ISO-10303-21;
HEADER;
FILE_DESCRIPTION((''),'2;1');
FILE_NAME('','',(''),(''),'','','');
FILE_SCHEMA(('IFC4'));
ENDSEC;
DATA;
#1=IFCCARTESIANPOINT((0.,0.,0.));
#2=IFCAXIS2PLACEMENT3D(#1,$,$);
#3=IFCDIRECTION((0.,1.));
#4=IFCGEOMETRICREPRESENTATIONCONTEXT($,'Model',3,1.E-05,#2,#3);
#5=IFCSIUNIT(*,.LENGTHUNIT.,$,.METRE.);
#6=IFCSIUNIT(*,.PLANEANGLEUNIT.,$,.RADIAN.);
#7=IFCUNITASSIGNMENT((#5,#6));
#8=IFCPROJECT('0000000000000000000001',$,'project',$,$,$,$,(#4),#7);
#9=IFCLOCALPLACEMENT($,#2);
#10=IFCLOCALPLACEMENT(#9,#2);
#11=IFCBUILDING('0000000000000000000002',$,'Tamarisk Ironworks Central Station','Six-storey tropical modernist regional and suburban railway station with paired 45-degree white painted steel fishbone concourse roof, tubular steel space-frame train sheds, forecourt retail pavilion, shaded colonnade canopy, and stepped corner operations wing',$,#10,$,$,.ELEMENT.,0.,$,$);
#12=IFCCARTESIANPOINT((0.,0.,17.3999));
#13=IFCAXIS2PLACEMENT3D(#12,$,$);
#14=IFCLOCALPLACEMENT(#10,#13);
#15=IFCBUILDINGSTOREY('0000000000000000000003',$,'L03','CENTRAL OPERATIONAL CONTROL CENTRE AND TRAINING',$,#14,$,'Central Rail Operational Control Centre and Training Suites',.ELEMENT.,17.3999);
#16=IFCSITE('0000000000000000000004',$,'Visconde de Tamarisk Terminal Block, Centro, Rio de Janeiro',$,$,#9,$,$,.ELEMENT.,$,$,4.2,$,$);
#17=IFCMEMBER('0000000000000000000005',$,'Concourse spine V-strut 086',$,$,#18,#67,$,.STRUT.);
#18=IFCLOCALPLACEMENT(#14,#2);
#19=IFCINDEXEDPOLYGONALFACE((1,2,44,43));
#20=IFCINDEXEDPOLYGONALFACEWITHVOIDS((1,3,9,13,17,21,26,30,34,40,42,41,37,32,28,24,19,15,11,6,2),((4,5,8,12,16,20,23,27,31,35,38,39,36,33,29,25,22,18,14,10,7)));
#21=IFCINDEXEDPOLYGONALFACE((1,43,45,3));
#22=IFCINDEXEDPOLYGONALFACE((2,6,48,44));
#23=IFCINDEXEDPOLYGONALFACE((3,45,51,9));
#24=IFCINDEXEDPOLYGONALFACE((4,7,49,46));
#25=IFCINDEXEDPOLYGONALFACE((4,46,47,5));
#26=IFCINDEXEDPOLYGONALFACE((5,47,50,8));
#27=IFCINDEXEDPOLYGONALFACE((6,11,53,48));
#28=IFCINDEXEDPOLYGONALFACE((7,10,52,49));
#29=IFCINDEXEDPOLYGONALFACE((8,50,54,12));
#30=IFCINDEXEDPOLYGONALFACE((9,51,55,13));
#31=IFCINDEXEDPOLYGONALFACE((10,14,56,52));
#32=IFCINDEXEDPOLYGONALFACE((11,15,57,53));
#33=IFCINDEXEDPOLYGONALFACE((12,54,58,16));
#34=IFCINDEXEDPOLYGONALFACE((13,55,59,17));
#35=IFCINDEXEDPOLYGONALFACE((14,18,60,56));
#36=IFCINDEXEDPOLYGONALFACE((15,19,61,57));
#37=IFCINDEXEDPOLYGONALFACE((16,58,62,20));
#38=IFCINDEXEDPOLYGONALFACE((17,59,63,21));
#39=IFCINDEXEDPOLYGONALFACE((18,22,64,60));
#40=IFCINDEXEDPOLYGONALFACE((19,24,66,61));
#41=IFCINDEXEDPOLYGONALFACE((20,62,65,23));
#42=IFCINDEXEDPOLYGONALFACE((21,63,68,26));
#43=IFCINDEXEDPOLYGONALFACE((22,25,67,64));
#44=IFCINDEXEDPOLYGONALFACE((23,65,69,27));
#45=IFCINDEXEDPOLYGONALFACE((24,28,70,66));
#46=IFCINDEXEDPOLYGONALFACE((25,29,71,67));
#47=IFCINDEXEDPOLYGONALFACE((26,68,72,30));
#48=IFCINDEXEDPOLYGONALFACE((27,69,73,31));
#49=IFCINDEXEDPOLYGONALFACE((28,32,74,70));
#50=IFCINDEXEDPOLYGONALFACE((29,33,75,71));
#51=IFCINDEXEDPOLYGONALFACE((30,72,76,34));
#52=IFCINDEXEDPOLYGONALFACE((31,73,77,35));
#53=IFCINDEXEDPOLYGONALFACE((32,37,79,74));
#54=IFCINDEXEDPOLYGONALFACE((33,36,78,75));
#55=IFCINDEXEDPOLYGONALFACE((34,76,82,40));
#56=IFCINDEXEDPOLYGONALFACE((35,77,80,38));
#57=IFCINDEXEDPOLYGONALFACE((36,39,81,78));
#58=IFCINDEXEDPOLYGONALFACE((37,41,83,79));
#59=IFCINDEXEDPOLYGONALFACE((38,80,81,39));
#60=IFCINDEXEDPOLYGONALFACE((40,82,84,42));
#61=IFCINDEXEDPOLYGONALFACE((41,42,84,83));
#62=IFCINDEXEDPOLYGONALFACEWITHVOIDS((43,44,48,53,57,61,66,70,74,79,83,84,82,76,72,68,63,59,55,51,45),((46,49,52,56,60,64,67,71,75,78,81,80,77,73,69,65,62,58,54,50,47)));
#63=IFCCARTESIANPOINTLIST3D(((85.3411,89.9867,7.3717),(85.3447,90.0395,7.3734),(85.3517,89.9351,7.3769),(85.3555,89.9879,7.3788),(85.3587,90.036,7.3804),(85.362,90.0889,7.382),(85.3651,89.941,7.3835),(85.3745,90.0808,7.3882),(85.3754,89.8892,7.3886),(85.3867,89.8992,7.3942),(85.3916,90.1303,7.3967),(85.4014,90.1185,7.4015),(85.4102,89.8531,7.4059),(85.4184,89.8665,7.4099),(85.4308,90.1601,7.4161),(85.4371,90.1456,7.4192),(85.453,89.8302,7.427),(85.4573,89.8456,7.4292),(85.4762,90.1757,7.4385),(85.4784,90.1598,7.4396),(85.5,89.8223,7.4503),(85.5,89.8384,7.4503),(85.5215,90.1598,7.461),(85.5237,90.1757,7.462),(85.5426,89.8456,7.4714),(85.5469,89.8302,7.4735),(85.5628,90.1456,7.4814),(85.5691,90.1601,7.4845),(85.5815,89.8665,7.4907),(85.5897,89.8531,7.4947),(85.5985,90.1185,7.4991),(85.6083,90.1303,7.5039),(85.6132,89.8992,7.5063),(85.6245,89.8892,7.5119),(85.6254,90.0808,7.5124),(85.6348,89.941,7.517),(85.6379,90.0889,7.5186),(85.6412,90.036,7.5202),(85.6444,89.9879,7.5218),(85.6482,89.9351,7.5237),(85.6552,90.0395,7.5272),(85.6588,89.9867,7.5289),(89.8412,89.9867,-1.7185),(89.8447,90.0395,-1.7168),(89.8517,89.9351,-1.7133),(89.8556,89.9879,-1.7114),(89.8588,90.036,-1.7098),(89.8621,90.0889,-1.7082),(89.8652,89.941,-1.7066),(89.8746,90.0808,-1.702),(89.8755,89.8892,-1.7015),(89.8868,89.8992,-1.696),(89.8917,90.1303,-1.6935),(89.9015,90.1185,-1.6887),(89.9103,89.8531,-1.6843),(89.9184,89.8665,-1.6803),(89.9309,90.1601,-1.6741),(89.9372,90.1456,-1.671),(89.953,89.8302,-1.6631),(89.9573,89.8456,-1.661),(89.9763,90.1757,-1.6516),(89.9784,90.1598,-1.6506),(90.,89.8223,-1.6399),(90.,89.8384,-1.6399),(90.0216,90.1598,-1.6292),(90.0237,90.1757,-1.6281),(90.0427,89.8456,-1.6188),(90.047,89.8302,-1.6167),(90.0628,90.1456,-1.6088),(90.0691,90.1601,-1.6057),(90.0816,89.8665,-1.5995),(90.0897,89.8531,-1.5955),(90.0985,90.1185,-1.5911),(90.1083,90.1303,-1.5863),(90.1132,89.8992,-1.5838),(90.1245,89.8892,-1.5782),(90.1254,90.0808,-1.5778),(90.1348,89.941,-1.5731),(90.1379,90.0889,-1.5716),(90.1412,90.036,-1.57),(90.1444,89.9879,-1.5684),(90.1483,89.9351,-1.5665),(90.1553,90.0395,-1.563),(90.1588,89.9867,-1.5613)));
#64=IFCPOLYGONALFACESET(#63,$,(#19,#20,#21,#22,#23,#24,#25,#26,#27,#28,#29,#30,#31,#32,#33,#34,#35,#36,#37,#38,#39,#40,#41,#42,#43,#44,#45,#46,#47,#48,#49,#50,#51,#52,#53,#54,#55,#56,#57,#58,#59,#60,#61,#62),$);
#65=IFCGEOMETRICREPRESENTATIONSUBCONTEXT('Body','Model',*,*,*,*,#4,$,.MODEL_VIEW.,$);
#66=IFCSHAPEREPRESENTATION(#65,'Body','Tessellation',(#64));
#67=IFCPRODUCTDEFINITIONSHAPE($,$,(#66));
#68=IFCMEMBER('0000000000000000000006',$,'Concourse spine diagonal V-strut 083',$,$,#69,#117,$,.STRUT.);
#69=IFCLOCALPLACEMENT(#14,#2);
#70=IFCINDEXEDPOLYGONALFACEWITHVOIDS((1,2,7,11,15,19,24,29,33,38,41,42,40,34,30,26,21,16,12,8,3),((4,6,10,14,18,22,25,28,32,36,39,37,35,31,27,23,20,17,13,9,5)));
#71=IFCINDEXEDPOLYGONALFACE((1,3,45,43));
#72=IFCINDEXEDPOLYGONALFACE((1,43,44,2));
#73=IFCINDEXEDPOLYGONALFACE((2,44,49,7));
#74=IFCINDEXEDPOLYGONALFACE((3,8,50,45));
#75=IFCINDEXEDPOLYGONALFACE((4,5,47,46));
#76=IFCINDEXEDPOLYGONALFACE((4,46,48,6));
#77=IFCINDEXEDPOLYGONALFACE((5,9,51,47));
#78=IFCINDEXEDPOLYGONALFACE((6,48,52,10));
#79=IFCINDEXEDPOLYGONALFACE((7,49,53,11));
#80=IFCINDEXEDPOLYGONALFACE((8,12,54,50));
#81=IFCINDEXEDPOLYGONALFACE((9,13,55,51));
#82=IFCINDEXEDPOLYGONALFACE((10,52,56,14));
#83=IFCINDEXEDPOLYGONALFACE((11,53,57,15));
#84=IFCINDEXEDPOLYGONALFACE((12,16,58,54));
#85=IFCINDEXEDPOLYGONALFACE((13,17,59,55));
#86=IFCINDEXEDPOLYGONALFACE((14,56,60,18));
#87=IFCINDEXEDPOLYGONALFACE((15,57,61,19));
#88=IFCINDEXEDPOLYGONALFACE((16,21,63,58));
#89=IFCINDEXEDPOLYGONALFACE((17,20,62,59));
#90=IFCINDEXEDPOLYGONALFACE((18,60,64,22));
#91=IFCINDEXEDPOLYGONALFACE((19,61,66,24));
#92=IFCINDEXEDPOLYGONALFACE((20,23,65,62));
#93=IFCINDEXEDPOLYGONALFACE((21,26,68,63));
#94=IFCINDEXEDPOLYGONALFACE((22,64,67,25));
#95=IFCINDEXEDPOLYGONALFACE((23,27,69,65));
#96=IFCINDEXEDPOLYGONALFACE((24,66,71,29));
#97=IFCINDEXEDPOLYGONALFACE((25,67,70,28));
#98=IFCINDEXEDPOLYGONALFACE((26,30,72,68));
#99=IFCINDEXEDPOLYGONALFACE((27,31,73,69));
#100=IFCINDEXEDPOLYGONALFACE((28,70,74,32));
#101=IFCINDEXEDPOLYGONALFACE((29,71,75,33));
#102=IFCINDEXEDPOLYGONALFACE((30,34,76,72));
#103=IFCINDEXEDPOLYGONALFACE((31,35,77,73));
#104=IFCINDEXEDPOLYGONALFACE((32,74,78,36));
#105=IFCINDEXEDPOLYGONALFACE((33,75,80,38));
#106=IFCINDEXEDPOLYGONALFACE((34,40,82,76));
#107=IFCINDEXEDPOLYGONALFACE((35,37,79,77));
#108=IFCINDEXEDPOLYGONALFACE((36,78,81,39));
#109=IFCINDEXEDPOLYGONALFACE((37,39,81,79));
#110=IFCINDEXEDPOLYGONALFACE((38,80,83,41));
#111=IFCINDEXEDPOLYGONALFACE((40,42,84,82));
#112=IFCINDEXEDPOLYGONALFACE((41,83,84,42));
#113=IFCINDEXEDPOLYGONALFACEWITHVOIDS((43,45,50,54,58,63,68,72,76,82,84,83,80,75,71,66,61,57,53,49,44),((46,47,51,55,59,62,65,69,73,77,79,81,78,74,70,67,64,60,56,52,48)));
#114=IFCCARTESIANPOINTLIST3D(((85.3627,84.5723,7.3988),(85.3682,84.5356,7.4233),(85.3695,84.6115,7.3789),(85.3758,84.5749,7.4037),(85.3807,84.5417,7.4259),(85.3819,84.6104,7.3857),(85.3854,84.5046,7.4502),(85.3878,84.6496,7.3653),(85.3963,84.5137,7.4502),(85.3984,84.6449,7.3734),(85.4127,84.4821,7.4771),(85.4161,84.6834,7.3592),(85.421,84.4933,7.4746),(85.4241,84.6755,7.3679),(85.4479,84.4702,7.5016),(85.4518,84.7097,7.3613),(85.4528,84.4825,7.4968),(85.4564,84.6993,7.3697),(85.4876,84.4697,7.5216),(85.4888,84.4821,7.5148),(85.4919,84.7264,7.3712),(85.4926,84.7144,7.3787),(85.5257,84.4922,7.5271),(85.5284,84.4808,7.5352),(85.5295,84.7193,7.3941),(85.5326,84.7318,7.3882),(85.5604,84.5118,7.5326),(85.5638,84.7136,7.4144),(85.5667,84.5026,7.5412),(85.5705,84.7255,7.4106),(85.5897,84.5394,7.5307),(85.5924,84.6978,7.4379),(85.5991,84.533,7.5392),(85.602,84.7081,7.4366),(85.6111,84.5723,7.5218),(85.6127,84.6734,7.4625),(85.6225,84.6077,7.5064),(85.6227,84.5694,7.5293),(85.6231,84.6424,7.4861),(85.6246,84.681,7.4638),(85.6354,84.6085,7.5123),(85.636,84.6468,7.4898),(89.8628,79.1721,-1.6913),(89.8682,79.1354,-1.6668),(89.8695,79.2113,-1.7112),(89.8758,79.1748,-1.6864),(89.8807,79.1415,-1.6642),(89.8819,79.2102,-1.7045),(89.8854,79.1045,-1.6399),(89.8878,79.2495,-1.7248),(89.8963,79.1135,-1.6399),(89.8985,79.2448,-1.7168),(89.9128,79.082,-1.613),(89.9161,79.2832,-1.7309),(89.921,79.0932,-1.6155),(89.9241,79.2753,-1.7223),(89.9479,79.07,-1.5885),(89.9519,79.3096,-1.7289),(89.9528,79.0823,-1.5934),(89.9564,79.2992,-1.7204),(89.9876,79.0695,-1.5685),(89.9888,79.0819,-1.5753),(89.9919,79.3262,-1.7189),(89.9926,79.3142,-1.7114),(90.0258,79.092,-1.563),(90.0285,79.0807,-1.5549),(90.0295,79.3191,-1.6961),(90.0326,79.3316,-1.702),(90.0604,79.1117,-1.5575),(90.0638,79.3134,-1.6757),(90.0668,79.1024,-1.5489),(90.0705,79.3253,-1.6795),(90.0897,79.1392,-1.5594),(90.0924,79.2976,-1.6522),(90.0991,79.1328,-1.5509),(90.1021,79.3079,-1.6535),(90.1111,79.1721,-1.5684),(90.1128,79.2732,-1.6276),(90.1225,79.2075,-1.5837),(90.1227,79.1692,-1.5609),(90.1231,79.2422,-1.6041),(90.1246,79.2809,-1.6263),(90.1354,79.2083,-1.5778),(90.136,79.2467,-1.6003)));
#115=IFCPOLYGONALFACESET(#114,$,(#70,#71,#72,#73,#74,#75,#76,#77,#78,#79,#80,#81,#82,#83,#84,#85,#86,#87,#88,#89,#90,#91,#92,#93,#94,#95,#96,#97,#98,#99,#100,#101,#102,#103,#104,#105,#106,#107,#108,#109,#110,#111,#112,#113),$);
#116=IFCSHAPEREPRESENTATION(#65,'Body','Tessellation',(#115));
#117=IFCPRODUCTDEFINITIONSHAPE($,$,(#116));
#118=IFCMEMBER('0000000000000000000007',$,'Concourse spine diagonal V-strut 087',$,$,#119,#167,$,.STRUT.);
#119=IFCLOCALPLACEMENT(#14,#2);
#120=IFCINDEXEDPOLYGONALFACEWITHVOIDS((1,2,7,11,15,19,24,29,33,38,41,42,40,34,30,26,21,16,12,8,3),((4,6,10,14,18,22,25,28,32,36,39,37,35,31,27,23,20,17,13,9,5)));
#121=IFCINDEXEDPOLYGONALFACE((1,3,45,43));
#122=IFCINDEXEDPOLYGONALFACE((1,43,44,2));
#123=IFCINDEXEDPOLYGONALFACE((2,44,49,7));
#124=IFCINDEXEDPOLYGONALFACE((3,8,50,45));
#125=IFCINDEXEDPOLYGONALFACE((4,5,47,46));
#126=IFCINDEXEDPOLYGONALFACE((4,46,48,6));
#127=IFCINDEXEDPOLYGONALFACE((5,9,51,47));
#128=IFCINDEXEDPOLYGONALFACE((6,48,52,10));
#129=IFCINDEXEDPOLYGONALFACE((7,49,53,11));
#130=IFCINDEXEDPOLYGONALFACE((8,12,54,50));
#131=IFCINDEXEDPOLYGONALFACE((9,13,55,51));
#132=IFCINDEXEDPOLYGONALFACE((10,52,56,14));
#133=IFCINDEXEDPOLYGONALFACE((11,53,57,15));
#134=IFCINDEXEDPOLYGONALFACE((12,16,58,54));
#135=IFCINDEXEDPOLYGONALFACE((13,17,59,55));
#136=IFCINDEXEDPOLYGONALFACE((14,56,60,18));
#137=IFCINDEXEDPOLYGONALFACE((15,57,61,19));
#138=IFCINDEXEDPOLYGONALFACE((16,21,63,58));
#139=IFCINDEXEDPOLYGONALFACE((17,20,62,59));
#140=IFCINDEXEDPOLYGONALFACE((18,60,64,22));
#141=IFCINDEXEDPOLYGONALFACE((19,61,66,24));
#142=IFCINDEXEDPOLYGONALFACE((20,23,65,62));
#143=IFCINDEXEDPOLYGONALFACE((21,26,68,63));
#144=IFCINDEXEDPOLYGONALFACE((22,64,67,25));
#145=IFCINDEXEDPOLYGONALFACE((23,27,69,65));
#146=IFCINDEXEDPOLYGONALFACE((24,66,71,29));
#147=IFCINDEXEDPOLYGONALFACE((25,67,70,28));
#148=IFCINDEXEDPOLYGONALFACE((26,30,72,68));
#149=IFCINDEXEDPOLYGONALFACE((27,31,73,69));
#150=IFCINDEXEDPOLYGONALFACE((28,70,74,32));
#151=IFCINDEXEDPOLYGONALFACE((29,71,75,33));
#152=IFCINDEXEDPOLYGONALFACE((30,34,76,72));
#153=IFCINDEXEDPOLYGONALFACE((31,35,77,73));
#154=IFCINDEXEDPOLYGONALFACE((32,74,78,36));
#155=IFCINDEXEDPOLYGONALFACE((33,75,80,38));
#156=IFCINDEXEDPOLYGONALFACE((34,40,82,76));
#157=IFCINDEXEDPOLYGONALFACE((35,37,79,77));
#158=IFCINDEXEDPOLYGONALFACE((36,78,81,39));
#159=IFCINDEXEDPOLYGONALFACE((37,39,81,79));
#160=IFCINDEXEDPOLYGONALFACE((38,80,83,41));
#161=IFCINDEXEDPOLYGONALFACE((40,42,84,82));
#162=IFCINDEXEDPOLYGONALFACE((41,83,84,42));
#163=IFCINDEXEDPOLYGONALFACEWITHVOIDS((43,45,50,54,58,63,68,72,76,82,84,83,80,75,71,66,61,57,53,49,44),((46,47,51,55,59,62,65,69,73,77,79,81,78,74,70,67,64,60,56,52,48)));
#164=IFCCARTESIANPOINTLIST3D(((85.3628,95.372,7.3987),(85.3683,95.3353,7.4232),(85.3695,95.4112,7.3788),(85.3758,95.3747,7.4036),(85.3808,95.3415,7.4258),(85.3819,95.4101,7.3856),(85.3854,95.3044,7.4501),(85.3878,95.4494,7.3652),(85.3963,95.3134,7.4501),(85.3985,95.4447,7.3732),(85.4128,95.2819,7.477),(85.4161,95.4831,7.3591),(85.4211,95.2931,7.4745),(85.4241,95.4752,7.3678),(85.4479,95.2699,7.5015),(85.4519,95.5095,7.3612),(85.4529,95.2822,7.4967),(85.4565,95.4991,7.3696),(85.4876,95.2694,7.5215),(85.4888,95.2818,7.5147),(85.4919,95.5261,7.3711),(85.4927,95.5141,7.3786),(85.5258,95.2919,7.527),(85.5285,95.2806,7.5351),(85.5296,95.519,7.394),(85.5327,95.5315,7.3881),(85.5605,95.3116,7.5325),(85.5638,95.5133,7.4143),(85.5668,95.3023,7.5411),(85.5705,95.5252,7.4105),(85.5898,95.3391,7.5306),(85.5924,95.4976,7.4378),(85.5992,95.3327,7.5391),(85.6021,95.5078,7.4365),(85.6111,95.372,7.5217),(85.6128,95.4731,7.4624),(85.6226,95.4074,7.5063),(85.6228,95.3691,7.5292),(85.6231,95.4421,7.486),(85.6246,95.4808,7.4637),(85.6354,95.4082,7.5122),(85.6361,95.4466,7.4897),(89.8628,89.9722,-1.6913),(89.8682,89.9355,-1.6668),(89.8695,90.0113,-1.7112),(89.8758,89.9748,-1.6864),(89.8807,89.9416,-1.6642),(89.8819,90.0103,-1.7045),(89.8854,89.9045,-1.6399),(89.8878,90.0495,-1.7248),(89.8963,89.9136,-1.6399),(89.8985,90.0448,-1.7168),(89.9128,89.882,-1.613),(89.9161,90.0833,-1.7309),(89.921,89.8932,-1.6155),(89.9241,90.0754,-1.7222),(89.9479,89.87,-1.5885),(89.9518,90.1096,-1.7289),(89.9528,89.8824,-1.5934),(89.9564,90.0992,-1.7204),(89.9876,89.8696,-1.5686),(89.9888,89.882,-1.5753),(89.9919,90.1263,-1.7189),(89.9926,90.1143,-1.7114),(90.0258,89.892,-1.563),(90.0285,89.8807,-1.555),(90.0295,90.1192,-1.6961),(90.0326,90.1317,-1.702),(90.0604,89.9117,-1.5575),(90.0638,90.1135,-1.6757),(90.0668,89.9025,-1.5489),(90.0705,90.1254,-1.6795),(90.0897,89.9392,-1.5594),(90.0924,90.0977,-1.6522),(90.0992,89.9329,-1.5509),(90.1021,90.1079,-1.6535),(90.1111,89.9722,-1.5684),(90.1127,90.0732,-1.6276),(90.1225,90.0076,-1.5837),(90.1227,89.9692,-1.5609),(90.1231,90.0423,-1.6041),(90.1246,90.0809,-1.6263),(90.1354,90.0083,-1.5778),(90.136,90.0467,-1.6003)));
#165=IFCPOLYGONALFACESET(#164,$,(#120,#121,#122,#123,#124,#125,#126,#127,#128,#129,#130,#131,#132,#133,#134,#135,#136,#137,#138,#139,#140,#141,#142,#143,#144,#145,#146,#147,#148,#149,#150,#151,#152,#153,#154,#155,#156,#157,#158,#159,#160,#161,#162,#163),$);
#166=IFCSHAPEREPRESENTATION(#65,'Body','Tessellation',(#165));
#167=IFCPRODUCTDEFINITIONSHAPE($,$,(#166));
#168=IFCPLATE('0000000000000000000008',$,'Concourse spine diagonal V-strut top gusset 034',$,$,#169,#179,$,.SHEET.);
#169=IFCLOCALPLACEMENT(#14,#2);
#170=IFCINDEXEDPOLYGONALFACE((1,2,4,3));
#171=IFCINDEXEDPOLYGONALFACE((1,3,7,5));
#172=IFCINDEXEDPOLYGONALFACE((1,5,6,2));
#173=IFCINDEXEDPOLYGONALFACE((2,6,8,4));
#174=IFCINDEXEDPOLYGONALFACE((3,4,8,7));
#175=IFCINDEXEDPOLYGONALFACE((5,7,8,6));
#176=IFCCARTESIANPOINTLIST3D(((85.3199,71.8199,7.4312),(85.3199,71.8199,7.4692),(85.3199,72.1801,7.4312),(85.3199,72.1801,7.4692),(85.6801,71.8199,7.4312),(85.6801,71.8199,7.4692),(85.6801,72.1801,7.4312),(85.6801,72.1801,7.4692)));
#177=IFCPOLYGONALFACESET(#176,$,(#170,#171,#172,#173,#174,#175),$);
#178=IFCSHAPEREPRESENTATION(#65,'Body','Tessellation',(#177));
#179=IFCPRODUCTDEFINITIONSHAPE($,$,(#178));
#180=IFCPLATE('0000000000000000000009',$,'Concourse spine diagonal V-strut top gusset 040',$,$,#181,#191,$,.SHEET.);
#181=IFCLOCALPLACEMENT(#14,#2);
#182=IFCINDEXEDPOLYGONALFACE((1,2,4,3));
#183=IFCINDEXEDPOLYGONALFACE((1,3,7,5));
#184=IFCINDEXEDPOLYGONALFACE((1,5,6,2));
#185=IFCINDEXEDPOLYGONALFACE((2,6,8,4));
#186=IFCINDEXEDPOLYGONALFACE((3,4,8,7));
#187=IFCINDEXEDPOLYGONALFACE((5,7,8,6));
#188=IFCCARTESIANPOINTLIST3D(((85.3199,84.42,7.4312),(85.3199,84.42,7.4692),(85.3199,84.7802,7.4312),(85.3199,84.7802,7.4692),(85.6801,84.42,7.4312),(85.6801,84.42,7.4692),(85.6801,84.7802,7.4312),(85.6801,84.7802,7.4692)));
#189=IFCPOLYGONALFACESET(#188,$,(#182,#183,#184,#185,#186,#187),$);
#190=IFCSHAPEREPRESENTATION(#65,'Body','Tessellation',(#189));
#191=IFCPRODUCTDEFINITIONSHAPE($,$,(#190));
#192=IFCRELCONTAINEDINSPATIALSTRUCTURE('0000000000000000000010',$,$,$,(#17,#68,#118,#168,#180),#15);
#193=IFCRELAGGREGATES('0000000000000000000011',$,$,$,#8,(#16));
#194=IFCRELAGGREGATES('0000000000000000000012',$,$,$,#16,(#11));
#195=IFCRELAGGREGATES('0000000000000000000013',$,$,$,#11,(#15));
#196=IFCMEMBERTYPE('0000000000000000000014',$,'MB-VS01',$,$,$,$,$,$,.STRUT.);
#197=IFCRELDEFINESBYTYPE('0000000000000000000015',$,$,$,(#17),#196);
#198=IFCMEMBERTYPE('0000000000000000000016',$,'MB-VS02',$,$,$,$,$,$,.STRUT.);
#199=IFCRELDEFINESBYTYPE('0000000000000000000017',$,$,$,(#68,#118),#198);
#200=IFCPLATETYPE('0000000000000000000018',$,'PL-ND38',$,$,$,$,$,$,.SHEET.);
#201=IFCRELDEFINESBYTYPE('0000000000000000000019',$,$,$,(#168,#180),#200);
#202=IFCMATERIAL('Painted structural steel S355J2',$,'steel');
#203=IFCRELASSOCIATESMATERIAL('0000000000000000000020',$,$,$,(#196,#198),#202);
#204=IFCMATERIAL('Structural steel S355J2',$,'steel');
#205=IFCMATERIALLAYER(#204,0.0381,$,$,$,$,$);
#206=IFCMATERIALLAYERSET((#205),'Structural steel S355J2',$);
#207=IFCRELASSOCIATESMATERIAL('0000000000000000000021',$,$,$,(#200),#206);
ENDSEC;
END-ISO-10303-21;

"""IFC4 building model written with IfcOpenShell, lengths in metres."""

from ifc_helpers import new_model, si_unit, direction, frame, origin, origin_2d, place, context, subcontext, project, spatial, rectangle, hollow_circle, extrude, material, layer, layer_set, material_profile, profile_set, type_object, element, save


model = new_model("IFC4")

# Units and contexts
model_context = context("Model", 3, precision=1e-05, world=origin(), true_north=direction((0.0, 1.0)))
body_context = subcontext(model_context, "Body", "Model", "MODEL_VIEW")
ifc_project = project(units=[si_unit("LENGTHUNIT", "METRE"), si_unit("PLANEANGLEUNIT", "RADIAN")], contexts=[model_context])

# Site, building, storey
site_placement = place(None, origin())
site = spatial("IfcSite", under=ifc_project, at=site_placement, Name="Visconde de Tamarisk Terminal Block, Centro, Rio de Janeiro", CompositionType="ELEMENT", RefElevation=4.2)
building_placement = place(site_placement, origin())
building = spatial("IfcBuilding", under=site, at=building_placement, Name="Tamarisk Ironworks Central Station", Description="Six-storey tropical modernist regional and suburban railway station with paired 45-degree white painted steel fishbone concourse roof, tubular steel space-frame train sheds, forecourt retail pavilion, shaded colonnade canopy, and stepped corner operations wing", CompositionType="ELEMENT", ElevationOfRefHeight=0.0)
storey_placement = place(building_placement, frame((0.0, 0.0, 17.3999)))
storey = spatial("IfcBuildingStorey", under=building, at=storey_placement, Name="L03", Description="CENTRAL OPERATIONAL CONTROL CENTRE AND TRAINING", LongName="Central Rail Operational Control Centre and Training Suites", CompositionType="ELEMENT", Elevation=17.3999)

# Shared definitions
ifc_material_1 = material(Name="Painted structural steel S355J2", Category="steel")
ifc_material_2 = material(Name="Structural steel S355J2", Category="steel")

# Members
ifc_material_profile_1 = material_profile(ifc_material_1, hollow_circle(Radius=0.1777, WallThickness=0.0161, at=origin_2d()), Name="CHS 355.6x16")
ifc_profile_set_1 = profile_set([ifc_material_profile_1], Name="Painted structural steel S355J2")
member_type_1 = type_object("IfcMemberType", Name="MB-VS01", PredefinedType="STRUT", material=ifc_profile_set_1)
for number, where, z_axis, x_axis, name in (
    (1, (90.0, 90.0, -1.6399), (-0.443657, 0.0, 0.896196), (0.0, -1.0, 0.0), "Concourse spine V-strut 086"),
):
    element("IfcMember", number, at=place(storey_placement, frame(where, z_axis=z_axis, x_axis=x_axis)), inside=storey, type_object=member_type_1, Name=name, PredefinedType="STRUT", context=body_context, shape_type="SweptSolid", body=[
        extrude(hollow_circle(Radius=0.1777, WallThickness=0.0161, at=origin_2d()), origin(), (0.0, 0.0, 1.0), 10.1431),
    ])
ifc_material_profile_2 = material_profile(ifc_material_1, hollow_circle(Radius=0.1492, WallThickness=0.0142, at=origin_2d()), Name="CHS 298.5x14.2")
ifc_profile_set_2 = profile_set([ifc_material_profile_2], Name="Painted structural steel S355J2")
member_type_2 = type_object("IfcMemberType", Name="MB-VS02", PredefinedType="STRUT", material=ifc_profile_set_2)
member_1_placement = place(storey_placement, frame((90.0, 79.2, -1.6399), z_axis=(-0.391613, 0.469949, 0.791067), x_axis=(-0.76823, -0.640174, 0.0)))
element("IfcMember", 2, at=member_1_placement, inside=storey, type_object=member_type_2, Name="Concourse spine diagonal V-strut 083", PredefinedType="STRUT", context=body_context, shape_type="SweptSolid", body=[
    extrude(hollow_circle(Radius=0.1492, WallThickness=0.0142, at=origin_2d()), origin(), (0.0, 0.0, 1.0), 11.491),
])
member_2_placement = place(storey_placement, frame((90.0, 90.0, -1.6399), z_axis=(-0.391617, 0.469932, 0.791075), x_axis=(-0.768216, -0.640191, 0.0)))
element("IfcMember", 3, at=member_2_placement, inside=storey, type_object=member_type_2, Name="Concourse spine diagonal V-strut 087", PredefinedType="STRUT", context=body_context, shape_type="SweptSolid", body=[
    extrude(hollow_circle(Radius=0.1492, WallThickness=0.0142, at=origin_2d()), origin(), (0.0, 0.0, 1.0), 11.4907),
])

# Plates
ifc_layer_1 = layer(ifc_material_2, 0.0381)
ifc_layer_set_1 = layer_set([ifc_layer_1], Name="Structural steel S355J2")
plate_type_1 = type_object("IfcPlateType", Name="PL-ND38", PredefinedType="SHEET", material=ifc_layer_set_1)
for number, where, z_axis, x_axis, name in (
    (4, (85.5, 72.0, 7.4312), (0.0, 0.0, 1.0), (1.0, 0.0, 0.0), "Concourse spine diagonal V-strut top gusset 034"),
    (5, (85.5, 84.6001, 7.4312), (0.0, 0.0, 1.0), (1.0, 0.0, 0.0), "Concourse spine diagonal V-strut top gusset 040"),
):
    element("IfcPlate", number, at=place(storey_placement, frame(where, z_axis=z_axis, x_axis=x_axis)), inside=storey, type_object=plate_type_1, Name=name, PredefinedType="SHEET", context=body_context, shape_type="SweptSolid", body=[
        extrude(rectangle(XDim=0.3601, YDim=0.3601, at=origin_2d()), origin(), (0.0, 0.0, 1.0), 0.0381),
    ])

save(model, "model.ifc")
